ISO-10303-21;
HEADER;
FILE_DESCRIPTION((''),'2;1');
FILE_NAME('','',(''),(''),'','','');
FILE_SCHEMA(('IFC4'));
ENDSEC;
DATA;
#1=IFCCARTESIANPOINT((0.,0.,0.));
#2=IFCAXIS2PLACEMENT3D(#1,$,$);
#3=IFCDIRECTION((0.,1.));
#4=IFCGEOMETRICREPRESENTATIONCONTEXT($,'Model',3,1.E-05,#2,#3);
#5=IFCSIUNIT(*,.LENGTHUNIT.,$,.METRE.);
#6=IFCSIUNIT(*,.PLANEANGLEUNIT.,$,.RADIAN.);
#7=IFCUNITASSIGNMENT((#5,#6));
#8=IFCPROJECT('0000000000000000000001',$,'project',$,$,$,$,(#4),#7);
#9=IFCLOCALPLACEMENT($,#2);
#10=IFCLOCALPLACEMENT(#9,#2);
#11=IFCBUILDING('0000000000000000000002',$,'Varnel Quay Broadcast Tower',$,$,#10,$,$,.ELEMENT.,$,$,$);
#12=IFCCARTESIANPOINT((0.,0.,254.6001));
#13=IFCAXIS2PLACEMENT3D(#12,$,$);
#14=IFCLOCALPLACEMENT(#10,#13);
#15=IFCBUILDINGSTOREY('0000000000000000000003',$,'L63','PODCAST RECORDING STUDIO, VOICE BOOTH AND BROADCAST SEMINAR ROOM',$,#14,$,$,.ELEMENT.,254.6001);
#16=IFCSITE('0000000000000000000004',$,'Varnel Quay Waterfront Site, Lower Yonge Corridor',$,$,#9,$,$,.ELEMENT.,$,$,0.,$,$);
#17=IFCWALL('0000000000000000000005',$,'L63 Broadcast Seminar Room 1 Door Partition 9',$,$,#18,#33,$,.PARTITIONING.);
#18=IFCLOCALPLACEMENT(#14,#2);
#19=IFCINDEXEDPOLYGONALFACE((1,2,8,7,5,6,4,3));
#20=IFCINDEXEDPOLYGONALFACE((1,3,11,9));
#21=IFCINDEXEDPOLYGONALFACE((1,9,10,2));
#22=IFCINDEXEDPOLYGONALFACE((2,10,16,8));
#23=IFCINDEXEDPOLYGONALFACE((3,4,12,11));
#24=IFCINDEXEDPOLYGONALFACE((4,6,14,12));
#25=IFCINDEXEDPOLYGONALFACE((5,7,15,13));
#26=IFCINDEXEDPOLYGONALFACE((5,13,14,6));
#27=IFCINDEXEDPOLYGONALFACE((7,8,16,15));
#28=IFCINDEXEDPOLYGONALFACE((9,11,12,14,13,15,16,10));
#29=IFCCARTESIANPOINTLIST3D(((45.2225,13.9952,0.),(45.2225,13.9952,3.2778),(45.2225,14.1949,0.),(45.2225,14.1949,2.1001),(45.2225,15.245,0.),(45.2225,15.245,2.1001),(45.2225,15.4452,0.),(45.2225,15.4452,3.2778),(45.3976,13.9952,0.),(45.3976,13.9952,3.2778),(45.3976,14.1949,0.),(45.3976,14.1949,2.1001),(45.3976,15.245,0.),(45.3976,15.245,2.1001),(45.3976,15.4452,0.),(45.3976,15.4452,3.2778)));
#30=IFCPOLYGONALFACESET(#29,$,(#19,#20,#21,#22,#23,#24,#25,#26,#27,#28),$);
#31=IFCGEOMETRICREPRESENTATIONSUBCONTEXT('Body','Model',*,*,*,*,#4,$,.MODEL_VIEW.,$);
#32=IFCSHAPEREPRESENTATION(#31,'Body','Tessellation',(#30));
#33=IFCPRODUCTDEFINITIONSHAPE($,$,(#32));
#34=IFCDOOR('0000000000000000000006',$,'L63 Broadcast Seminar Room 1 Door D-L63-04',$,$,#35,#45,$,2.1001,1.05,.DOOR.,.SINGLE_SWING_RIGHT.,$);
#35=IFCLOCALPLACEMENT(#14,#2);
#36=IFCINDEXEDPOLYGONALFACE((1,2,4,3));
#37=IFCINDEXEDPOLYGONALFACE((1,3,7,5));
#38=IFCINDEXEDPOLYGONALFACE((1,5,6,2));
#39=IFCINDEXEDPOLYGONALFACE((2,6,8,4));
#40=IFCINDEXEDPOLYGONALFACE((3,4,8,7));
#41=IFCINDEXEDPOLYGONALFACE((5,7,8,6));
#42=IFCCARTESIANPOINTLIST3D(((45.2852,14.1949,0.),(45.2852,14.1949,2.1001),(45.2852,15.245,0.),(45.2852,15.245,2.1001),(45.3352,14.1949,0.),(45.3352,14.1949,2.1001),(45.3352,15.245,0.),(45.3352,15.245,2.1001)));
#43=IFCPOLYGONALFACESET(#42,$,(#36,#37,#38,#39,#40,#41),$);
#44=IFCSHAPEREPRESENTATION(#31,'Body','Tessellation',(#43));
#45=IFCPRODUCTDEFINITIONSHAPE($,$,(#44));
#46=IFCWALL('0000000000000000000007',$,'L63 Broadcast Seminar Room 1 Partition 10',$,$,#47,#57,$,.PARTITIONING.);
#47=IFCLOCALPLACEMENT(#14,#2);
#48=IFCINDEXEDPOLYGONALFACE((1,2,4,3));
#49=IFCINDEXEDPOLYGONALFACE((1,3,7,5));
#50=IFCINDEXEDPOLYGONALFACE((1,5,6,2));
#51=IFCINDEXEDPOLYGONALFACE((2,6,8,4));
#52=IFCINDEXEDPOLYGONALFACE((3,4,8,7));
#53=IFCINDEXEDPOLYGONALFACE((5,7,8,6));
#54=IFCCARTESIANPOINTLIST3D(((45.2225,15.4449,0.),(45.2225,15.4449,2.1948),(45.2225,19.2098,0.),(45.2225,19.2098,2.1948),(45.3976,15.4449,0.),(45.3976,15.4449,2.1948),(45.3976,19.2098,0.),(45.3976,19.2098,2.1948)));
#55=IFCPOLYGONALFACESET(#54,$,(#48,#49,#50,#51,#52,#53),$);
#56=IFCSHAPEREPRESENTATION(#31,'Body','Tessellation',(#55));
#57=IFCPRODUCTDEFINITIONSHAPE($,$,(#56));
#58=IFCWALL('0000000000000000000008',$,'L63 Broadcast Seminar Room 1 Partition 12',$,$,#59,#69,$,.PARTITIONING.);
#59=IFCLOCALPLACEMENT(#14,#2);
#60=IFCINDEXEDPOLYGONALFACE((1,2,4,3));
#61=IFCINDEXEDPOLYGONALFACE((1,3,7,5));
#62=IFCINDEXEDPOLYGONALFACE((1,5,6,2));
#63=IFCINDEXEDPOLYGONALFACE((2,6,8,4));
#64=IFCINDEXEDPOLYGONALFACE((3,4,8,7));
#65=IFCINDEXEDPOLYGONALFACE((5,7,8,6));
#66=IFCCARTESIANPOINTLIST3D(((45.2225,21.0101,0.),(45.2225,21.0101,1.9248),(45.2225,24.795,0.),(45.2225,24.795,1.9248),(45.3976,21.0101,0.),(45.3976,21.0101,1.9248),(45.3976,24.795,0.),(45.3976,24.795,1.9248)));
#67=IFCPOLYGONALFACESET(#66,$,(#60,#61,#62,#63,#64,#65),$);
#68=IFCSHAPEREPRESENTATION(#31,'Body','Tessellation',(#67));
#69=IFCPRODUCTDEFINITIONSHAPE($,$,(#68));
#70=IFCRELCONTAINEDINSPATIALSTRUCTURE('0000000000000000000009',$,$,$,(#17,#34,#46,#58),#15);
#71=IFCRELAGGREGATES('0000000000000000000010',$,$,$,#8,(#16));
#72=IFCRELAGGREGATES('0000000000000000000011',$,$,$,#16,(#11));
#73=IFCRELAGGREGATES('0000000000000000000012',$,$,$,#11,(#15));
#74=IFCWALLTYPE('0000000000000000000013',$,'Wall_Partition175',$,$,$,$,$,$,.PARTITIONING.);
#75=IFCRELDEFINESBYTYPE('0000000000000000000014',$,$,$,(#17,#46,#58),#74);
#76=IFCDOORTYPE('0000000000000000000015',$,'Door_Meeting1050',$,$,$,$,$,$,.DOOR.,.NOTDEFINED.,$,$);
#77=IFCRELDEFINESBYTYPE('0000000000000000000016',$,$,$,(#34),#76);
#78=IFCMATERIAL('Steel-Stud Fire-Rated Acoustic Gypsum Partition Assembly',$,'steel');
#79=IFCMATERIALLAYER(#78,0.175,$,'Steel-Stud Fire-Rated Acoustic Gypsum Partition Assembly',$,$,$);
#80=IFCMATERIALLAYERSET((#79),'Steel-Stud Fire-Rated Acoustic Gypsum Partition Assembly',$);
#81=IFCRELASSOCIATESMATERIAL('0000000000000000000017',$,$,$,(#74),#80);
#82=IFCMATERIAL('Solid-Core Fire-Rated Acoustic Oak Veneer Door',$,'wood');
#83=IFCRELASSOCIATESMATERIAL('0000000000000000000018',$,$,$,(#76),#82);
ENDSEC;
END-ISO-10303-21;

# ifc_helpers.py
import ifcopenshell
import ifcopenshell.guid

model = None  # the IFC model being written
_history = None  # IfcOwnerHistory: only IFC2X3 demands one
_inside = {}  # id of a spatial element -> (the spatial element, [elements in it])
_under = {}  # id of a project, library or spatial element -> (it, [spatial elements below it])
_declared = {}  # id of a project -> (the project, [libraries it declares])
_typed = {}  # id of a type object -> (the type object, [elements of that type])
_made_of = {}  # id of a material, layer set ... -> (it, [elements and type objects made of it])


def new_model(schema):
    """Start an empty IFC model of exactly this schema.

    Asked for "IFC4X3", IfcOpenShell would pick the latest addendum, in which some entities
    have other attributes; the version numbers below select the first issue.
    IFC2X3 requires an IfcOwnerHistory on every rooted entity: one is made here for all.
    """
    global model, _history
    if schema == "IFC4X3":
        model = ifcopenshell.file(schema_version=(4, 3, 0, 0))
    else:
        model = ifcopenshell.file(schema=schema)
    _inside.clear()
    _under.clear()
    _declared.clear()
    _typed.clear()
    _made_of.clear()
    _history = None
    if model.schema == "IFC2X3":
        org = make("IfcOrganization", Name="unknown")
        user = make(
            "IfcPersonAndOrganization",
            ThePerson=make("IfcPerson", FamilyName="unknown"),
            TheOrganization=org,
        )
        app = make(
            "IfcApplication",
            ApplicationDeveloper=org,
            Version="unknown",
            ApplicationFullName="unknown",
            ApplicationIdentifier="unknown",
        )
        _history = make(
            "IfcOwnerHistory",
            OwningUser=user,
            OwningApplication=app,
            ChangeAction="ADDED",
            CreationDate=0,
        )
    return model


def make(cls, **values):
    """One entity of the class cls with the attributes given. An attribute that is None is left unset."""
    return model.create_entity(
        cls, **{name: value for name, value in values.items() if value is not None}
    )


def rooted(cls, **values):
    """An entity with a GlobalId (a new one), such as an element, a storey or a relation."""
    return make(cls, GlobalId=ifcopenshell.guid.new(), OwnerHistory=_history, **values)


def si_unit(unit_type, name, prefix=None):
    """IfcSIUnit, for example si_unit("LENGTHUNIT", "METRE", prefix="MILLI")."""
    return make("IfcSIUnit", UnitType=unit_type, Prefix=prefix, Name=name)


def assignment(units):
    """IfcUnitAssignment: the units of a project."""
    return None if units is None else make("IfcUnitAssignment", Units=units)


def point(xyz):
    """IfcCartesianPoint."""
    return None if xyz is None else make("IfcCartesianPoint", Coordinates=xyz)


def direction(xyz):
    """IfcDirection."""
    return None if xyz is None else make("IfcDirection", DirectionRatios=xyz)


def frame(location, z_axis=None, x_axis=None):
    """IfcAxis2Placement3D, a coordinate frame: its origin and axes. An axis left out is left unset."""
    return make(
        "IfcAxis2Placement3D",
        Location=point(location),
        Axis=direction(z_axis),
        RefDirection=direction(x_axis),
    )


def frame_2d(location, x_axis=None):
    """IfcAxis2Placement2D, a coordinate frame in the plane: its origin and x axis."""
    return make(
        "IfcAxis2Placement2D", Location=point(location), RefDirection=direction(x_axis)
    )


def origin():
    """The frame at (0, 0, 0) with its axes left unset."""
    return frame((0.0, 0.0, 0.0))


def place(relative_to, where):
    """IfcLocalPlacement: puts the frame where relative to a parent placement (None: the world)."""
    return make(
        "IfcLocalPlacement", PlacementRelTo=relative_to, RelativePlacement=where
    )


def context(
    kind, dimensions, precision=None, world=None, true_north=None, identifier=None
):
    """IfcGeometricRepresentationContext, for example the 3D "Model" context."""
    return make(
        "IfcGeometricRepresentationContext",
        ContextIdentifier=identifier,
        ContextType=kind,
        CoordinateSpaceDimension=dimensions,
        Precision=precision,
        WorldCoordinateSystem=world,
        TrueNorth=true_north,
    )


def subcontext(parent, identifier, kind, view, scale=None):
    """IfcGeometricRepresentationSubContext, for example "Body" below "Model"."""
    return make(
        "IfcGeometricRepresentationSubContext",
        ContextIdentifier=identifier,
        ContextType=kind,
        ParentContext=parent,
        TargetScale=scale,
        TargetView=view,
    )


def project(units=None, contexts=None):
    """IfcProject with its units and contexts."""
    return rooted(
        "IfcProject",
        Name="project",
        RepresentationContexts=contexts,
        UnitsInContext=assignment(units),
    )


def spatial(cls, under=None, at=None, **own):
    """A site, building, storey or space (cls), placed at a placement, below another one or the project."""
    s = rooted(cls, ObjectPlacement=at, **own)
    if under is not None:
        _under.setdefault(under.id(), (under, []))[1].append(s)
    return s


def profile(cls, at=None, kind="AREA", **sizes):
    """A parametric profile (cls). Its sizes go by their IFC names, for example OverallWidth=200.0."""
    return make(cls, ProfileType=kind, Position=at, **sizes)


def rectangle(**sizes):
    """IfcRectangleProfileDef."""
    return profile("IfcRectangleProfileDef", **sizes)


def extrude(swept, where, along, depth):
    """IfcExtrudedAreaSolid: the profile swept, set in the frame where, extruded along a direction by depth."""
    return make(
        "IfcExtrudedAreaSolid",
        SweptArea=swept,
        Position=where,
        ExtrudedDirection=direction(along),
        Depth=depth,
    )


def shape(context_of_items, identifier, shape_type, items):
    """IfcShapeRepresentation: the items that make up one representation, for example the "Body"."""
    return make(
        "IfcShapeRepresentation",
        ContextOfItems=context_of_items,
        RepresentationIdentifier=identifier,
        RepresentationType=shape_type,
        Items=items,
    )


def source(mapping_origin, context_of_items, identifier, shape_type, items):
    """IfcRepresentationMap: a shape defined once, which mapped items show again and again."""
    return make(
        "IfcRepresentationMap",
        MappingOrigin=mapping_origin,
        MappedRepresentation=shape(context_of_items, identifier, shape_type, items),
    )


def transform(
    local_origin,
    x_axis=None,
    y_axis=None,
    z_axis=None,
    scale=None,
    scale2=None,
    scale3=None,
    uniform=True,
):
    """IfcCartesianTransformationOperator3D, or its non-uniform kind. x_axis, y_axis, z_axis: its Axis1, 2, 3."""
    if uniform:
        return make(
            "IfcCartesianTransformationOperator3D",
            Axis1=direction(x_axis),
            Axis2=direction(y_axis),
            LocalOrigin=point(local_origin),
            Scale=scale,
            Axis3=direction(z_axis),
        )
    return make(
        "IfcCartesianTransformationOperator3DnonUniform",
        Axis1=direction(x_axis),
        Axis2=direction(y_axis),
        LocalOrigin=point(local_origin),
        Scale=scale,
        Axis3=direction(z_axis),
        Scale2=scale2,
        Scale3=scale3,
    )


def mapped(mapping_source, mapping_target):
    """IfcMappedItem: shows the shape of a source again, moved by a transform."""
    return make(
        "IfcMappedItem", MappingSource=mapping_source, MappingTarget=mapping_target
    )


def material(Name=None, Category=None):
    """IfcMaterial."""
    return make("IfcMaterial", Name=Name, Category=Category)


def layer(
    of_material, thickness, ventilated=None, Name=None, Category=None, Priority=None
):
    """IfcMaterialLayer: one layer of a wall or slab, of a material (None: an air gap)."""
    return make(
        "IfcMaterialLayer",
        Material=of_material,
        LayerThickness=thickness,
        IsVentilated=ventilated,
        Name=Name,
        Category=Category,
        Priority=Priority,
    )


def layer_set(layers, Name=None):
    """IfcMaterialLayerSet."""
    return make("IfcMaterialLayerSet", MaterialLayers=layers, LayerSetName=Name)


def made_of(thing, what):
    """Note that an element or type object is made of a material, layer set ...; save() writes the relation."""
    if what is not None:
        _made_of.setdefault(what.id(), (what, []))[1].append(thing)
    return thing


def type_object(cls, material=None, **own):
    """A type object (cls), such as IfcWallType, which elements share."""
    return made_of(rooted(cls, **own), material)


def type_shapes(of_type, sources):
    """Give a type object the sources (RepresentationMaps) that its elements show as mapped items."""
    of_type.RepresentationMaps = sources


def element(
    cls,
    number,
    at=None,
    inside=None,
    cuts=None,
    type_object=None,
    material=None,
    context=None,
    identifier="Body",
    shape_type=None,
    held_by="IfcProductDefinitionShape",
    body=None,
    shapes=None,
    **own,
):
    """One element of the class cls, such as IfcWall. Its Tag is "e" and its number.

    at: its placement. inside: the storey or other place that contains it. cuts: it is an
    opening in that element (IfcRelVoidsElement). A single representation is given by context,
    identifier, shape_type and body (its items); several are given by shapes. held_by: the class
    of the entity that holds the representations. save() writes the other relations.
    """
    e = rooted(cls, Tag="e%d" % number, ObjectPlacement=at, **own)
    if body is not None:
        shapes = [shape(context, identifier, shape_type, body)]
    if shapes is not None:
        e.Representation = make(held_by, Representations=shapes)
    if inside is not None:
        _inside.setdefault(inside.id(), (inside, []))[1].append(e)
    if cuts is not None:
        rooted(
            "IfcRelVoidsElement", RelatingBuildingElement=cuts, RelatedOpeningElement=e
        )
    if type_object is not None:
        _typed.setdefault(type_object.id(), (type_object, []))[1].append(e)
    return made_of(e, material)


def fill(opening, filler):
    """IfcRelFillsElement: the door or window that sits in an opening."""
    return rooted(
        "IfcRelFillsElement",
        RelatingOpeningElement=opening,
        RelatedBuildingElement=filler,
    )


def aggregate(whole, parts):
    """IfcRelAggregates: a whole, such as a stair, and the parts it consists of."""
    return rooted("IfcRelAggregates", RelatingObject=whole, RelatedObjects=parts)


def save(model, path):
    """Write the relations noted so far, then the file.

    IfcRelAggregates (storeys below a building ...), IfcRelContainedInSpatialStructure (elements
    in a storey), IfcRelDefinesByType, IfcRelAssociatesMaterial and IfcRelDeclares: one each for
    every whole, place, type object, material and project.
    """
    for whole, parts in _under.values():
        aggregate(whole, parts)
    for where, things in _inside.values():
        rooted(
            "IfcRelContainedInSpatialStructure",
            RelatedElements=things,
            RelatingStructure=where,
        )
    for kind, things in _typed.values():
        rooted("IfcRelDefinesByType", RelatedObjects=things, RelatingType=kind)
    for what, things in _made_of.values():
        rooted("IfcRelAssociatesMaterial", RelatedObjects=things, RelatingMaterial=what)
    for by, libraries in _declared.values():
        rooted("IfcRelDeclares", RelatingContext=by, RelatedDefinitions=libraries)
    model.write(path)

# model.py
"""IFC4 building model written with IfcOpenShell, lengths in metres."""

from ifc_helpers import new_model, si_unit, direction, frame, frame_2d, origin, place, context, subcontext, project, spatial, rectangle, extrude, source, transform, mapped, material, layer, layer_set, type_object, type_shapes, element, fill, save


model = new_model("IFC4")

# Units and contexts
model_context = context("Model", 3, precision=1e-05, world=origin(), true_north=direction((0.0, 1.0)))
body_context = subcontext(model_context, "Body", "Model", "MODEL_VIEW")
ifc_project = project(units=[si_unit("LENGTHUNIT", "METRE"), si_unit("PLANEANGLEUNIT", "RADIAN")], contexts=[model_context])

# Site, building, storey
site_placement = place(None, origin())
site = spatial("IfcSite", under=ifc_project, at=site_placement, Name="Varnel Quay Waterfront Site, Lower Yonge Corridor", CompositionType="ELEMENT", RefElevation=0.0)
building_placement = place(site_placement, origin())
building = spatial("IfcBuilding", under=site, at=building_placement, Name="Varnel Quay Broadcast Tower", CompositionType="ELEMENT")
storey_placement = place(building_placement, frame((0.0, 0.0, 254.6001)))
storey = spatial("IfcBuildingStorey", under=building, at=storey_placement, Name="L63", Description="PODCAST RECORDING STUDIO, VOICE BOOTH AND BROADCAST SEMINAR ROOM", CompositionType="ELEMENT", Elevation=254.6001)

# Wall, opening, door
ifc_material_1 = material(Name="Steel-Stud Fire-Rated Acoustic Gypsum Partition Assembly", Category="steel")
ifc_layer = layer(ifc_material_1, 0.175, Name="Steel-Stud Fire-Rated Acoustic Gypsum Partition Assembly")
ifc_layer_set = layer_set([ifc_layer], Name="Steel-Stud Fire-Rated Acoustic Gypsum Partition Assembly")
wall_type = type_object("IfcWallType", Name="Wall_Partition175", PredefinedType="PARTITIONING", material=ifc_layer_set)
wall_1_placement = place(storey_placement, frame((45.3101, 13.9951, 0.0), z_axis=(0.0, 0.0, 1.0), x_axis=(0.0, 1.0, 0.0)))
wall_1 = element("IfcWall", 1, at=wall_1_placement, inside=storey, type_object=wall_type, Name="L63 Broadcast Seminar Room 1 Door Partition 9", PredefinedType="PARTITIONING", context=body_context, shape_type="SweptSolid", body=[
    extrude(rectangle(XDim=1.45, YDim=0.175, at=frame_2d((0.7251, 0.0))), origin(), (0.0, 0.0, 1.0), 3.2778),
])
opening_1_placement = place(wall_1_placement, frame((0.2, 0.0, 0.0)))
opening_1 = element("IfcOpeningElement", 2, at=opening_1_placement, cuts=wall_1, PredefinedType="OPENING", context=body_context, shape_type="SweptSolid", body=[
    extrude(rectangle(XDim=1.05, YDim=2.1001, at=frame_2d((0.5249, 1.05))), frame((0.0, 0.0977, 0.0), z_axis=(0.0, -1.0, 0.0), x_axis=(1.0, 0.0, 0.0)), (0.0, 0.0, 1.0), 0.1951),
])
ifc_material_2 = material(Name="Solid-Core Fire-Rated Acoustic Oak Veneer Door", Category="wood")
door_type_1 = type_object("IfcDoorType", Name="Door_Meeting1050", OperationType="NOTDEFINED", PredefinedType="DOOR", material=ifc_material_2)
shared_shape_1 = source(origin(), body_context, "Body", "SweptSolid", [
    extrude(rectangle(XDim=1.05, YDim=2.1001, at=frame_2d((0.5249, 1.05))), frame((0.0, 0.0249, 0.0), z_axis=(0.0, -1.0, 0.0), x_axis=(1.0, 0.0, 0.0)), (0.0, 0.0, 1.0), 0.05),
])
type_shapes(door_type_1, [shared_shape_1])
door_1_placement = place(opening_1_placement, origin())
door_1 = element("IfcDoor", 3, at=door_1_placement, inside=storey, type_object=door_type_1, Name="L63 Broadcast Seminar Room 1 Door D-L63-04", OperationType="SINGLE_SWING_RIGHT", OverallHeight=2.1001, OverallWidth=1.05, PredefinedType="DOOR", context=body_context, shape_type="MappedRepresentation", body=[
    mapped(shared_shape_1, transform((0.0, 0.0, 0.0), x_axis=(1.0, 0.0, 0.0), y_axis=(0.0, 1.0, 0.0), z_axis=(0.0, 0.0, 1.0), scale=1.0)),
])
fill(opening_1, door_1)

# Wall
wall_2_placement = place(storey_placement, frame((45.3101, 15.4451, 0.0), z_axis=(0.0, 0.0, 1.0), x_axis=(0.0, 1.0, 0.0)))
element("IfcWall", 4, at=wall_2_placement, inside=storey, type_object=wall_type, Name="L63 Broadcast Seminar Room 1 Partition 10", PredefinedType="PARTITIONING", context=body_context, shape_type="SweptSolid", body=[
    extrude(rectangle(XDim=3.7649, YDim=0.175, at=frame_2d((1.8823, 0.0))), origin(), (0.0, 0.0, 1.0), 2.1948),
])

# Wall
wall_3_placement = place(storey_placement, frame((45.3101, 21.01, 0.0), z_axis=(0.0, 0.0, 1.0), x_axis=(0.0, 1.0, 0.0)))
element("IfcWall", 5, at=wall_3_placement, inside=storey, type_object=wall_type, Name="L63 Broadcast Seminar Room 1 Partition 12", PredefinedType="PARTITIONING", context=body_context, shape_type="SweptSolid", body=[
    extrude(rectangle(XDim=3.7849, YDim=0.175, at=frame_2d((1.8926, 0.0))), origin(), (0.0, 0.0, 1.0), 1.9248),
])

save(model, "model.ifc")
